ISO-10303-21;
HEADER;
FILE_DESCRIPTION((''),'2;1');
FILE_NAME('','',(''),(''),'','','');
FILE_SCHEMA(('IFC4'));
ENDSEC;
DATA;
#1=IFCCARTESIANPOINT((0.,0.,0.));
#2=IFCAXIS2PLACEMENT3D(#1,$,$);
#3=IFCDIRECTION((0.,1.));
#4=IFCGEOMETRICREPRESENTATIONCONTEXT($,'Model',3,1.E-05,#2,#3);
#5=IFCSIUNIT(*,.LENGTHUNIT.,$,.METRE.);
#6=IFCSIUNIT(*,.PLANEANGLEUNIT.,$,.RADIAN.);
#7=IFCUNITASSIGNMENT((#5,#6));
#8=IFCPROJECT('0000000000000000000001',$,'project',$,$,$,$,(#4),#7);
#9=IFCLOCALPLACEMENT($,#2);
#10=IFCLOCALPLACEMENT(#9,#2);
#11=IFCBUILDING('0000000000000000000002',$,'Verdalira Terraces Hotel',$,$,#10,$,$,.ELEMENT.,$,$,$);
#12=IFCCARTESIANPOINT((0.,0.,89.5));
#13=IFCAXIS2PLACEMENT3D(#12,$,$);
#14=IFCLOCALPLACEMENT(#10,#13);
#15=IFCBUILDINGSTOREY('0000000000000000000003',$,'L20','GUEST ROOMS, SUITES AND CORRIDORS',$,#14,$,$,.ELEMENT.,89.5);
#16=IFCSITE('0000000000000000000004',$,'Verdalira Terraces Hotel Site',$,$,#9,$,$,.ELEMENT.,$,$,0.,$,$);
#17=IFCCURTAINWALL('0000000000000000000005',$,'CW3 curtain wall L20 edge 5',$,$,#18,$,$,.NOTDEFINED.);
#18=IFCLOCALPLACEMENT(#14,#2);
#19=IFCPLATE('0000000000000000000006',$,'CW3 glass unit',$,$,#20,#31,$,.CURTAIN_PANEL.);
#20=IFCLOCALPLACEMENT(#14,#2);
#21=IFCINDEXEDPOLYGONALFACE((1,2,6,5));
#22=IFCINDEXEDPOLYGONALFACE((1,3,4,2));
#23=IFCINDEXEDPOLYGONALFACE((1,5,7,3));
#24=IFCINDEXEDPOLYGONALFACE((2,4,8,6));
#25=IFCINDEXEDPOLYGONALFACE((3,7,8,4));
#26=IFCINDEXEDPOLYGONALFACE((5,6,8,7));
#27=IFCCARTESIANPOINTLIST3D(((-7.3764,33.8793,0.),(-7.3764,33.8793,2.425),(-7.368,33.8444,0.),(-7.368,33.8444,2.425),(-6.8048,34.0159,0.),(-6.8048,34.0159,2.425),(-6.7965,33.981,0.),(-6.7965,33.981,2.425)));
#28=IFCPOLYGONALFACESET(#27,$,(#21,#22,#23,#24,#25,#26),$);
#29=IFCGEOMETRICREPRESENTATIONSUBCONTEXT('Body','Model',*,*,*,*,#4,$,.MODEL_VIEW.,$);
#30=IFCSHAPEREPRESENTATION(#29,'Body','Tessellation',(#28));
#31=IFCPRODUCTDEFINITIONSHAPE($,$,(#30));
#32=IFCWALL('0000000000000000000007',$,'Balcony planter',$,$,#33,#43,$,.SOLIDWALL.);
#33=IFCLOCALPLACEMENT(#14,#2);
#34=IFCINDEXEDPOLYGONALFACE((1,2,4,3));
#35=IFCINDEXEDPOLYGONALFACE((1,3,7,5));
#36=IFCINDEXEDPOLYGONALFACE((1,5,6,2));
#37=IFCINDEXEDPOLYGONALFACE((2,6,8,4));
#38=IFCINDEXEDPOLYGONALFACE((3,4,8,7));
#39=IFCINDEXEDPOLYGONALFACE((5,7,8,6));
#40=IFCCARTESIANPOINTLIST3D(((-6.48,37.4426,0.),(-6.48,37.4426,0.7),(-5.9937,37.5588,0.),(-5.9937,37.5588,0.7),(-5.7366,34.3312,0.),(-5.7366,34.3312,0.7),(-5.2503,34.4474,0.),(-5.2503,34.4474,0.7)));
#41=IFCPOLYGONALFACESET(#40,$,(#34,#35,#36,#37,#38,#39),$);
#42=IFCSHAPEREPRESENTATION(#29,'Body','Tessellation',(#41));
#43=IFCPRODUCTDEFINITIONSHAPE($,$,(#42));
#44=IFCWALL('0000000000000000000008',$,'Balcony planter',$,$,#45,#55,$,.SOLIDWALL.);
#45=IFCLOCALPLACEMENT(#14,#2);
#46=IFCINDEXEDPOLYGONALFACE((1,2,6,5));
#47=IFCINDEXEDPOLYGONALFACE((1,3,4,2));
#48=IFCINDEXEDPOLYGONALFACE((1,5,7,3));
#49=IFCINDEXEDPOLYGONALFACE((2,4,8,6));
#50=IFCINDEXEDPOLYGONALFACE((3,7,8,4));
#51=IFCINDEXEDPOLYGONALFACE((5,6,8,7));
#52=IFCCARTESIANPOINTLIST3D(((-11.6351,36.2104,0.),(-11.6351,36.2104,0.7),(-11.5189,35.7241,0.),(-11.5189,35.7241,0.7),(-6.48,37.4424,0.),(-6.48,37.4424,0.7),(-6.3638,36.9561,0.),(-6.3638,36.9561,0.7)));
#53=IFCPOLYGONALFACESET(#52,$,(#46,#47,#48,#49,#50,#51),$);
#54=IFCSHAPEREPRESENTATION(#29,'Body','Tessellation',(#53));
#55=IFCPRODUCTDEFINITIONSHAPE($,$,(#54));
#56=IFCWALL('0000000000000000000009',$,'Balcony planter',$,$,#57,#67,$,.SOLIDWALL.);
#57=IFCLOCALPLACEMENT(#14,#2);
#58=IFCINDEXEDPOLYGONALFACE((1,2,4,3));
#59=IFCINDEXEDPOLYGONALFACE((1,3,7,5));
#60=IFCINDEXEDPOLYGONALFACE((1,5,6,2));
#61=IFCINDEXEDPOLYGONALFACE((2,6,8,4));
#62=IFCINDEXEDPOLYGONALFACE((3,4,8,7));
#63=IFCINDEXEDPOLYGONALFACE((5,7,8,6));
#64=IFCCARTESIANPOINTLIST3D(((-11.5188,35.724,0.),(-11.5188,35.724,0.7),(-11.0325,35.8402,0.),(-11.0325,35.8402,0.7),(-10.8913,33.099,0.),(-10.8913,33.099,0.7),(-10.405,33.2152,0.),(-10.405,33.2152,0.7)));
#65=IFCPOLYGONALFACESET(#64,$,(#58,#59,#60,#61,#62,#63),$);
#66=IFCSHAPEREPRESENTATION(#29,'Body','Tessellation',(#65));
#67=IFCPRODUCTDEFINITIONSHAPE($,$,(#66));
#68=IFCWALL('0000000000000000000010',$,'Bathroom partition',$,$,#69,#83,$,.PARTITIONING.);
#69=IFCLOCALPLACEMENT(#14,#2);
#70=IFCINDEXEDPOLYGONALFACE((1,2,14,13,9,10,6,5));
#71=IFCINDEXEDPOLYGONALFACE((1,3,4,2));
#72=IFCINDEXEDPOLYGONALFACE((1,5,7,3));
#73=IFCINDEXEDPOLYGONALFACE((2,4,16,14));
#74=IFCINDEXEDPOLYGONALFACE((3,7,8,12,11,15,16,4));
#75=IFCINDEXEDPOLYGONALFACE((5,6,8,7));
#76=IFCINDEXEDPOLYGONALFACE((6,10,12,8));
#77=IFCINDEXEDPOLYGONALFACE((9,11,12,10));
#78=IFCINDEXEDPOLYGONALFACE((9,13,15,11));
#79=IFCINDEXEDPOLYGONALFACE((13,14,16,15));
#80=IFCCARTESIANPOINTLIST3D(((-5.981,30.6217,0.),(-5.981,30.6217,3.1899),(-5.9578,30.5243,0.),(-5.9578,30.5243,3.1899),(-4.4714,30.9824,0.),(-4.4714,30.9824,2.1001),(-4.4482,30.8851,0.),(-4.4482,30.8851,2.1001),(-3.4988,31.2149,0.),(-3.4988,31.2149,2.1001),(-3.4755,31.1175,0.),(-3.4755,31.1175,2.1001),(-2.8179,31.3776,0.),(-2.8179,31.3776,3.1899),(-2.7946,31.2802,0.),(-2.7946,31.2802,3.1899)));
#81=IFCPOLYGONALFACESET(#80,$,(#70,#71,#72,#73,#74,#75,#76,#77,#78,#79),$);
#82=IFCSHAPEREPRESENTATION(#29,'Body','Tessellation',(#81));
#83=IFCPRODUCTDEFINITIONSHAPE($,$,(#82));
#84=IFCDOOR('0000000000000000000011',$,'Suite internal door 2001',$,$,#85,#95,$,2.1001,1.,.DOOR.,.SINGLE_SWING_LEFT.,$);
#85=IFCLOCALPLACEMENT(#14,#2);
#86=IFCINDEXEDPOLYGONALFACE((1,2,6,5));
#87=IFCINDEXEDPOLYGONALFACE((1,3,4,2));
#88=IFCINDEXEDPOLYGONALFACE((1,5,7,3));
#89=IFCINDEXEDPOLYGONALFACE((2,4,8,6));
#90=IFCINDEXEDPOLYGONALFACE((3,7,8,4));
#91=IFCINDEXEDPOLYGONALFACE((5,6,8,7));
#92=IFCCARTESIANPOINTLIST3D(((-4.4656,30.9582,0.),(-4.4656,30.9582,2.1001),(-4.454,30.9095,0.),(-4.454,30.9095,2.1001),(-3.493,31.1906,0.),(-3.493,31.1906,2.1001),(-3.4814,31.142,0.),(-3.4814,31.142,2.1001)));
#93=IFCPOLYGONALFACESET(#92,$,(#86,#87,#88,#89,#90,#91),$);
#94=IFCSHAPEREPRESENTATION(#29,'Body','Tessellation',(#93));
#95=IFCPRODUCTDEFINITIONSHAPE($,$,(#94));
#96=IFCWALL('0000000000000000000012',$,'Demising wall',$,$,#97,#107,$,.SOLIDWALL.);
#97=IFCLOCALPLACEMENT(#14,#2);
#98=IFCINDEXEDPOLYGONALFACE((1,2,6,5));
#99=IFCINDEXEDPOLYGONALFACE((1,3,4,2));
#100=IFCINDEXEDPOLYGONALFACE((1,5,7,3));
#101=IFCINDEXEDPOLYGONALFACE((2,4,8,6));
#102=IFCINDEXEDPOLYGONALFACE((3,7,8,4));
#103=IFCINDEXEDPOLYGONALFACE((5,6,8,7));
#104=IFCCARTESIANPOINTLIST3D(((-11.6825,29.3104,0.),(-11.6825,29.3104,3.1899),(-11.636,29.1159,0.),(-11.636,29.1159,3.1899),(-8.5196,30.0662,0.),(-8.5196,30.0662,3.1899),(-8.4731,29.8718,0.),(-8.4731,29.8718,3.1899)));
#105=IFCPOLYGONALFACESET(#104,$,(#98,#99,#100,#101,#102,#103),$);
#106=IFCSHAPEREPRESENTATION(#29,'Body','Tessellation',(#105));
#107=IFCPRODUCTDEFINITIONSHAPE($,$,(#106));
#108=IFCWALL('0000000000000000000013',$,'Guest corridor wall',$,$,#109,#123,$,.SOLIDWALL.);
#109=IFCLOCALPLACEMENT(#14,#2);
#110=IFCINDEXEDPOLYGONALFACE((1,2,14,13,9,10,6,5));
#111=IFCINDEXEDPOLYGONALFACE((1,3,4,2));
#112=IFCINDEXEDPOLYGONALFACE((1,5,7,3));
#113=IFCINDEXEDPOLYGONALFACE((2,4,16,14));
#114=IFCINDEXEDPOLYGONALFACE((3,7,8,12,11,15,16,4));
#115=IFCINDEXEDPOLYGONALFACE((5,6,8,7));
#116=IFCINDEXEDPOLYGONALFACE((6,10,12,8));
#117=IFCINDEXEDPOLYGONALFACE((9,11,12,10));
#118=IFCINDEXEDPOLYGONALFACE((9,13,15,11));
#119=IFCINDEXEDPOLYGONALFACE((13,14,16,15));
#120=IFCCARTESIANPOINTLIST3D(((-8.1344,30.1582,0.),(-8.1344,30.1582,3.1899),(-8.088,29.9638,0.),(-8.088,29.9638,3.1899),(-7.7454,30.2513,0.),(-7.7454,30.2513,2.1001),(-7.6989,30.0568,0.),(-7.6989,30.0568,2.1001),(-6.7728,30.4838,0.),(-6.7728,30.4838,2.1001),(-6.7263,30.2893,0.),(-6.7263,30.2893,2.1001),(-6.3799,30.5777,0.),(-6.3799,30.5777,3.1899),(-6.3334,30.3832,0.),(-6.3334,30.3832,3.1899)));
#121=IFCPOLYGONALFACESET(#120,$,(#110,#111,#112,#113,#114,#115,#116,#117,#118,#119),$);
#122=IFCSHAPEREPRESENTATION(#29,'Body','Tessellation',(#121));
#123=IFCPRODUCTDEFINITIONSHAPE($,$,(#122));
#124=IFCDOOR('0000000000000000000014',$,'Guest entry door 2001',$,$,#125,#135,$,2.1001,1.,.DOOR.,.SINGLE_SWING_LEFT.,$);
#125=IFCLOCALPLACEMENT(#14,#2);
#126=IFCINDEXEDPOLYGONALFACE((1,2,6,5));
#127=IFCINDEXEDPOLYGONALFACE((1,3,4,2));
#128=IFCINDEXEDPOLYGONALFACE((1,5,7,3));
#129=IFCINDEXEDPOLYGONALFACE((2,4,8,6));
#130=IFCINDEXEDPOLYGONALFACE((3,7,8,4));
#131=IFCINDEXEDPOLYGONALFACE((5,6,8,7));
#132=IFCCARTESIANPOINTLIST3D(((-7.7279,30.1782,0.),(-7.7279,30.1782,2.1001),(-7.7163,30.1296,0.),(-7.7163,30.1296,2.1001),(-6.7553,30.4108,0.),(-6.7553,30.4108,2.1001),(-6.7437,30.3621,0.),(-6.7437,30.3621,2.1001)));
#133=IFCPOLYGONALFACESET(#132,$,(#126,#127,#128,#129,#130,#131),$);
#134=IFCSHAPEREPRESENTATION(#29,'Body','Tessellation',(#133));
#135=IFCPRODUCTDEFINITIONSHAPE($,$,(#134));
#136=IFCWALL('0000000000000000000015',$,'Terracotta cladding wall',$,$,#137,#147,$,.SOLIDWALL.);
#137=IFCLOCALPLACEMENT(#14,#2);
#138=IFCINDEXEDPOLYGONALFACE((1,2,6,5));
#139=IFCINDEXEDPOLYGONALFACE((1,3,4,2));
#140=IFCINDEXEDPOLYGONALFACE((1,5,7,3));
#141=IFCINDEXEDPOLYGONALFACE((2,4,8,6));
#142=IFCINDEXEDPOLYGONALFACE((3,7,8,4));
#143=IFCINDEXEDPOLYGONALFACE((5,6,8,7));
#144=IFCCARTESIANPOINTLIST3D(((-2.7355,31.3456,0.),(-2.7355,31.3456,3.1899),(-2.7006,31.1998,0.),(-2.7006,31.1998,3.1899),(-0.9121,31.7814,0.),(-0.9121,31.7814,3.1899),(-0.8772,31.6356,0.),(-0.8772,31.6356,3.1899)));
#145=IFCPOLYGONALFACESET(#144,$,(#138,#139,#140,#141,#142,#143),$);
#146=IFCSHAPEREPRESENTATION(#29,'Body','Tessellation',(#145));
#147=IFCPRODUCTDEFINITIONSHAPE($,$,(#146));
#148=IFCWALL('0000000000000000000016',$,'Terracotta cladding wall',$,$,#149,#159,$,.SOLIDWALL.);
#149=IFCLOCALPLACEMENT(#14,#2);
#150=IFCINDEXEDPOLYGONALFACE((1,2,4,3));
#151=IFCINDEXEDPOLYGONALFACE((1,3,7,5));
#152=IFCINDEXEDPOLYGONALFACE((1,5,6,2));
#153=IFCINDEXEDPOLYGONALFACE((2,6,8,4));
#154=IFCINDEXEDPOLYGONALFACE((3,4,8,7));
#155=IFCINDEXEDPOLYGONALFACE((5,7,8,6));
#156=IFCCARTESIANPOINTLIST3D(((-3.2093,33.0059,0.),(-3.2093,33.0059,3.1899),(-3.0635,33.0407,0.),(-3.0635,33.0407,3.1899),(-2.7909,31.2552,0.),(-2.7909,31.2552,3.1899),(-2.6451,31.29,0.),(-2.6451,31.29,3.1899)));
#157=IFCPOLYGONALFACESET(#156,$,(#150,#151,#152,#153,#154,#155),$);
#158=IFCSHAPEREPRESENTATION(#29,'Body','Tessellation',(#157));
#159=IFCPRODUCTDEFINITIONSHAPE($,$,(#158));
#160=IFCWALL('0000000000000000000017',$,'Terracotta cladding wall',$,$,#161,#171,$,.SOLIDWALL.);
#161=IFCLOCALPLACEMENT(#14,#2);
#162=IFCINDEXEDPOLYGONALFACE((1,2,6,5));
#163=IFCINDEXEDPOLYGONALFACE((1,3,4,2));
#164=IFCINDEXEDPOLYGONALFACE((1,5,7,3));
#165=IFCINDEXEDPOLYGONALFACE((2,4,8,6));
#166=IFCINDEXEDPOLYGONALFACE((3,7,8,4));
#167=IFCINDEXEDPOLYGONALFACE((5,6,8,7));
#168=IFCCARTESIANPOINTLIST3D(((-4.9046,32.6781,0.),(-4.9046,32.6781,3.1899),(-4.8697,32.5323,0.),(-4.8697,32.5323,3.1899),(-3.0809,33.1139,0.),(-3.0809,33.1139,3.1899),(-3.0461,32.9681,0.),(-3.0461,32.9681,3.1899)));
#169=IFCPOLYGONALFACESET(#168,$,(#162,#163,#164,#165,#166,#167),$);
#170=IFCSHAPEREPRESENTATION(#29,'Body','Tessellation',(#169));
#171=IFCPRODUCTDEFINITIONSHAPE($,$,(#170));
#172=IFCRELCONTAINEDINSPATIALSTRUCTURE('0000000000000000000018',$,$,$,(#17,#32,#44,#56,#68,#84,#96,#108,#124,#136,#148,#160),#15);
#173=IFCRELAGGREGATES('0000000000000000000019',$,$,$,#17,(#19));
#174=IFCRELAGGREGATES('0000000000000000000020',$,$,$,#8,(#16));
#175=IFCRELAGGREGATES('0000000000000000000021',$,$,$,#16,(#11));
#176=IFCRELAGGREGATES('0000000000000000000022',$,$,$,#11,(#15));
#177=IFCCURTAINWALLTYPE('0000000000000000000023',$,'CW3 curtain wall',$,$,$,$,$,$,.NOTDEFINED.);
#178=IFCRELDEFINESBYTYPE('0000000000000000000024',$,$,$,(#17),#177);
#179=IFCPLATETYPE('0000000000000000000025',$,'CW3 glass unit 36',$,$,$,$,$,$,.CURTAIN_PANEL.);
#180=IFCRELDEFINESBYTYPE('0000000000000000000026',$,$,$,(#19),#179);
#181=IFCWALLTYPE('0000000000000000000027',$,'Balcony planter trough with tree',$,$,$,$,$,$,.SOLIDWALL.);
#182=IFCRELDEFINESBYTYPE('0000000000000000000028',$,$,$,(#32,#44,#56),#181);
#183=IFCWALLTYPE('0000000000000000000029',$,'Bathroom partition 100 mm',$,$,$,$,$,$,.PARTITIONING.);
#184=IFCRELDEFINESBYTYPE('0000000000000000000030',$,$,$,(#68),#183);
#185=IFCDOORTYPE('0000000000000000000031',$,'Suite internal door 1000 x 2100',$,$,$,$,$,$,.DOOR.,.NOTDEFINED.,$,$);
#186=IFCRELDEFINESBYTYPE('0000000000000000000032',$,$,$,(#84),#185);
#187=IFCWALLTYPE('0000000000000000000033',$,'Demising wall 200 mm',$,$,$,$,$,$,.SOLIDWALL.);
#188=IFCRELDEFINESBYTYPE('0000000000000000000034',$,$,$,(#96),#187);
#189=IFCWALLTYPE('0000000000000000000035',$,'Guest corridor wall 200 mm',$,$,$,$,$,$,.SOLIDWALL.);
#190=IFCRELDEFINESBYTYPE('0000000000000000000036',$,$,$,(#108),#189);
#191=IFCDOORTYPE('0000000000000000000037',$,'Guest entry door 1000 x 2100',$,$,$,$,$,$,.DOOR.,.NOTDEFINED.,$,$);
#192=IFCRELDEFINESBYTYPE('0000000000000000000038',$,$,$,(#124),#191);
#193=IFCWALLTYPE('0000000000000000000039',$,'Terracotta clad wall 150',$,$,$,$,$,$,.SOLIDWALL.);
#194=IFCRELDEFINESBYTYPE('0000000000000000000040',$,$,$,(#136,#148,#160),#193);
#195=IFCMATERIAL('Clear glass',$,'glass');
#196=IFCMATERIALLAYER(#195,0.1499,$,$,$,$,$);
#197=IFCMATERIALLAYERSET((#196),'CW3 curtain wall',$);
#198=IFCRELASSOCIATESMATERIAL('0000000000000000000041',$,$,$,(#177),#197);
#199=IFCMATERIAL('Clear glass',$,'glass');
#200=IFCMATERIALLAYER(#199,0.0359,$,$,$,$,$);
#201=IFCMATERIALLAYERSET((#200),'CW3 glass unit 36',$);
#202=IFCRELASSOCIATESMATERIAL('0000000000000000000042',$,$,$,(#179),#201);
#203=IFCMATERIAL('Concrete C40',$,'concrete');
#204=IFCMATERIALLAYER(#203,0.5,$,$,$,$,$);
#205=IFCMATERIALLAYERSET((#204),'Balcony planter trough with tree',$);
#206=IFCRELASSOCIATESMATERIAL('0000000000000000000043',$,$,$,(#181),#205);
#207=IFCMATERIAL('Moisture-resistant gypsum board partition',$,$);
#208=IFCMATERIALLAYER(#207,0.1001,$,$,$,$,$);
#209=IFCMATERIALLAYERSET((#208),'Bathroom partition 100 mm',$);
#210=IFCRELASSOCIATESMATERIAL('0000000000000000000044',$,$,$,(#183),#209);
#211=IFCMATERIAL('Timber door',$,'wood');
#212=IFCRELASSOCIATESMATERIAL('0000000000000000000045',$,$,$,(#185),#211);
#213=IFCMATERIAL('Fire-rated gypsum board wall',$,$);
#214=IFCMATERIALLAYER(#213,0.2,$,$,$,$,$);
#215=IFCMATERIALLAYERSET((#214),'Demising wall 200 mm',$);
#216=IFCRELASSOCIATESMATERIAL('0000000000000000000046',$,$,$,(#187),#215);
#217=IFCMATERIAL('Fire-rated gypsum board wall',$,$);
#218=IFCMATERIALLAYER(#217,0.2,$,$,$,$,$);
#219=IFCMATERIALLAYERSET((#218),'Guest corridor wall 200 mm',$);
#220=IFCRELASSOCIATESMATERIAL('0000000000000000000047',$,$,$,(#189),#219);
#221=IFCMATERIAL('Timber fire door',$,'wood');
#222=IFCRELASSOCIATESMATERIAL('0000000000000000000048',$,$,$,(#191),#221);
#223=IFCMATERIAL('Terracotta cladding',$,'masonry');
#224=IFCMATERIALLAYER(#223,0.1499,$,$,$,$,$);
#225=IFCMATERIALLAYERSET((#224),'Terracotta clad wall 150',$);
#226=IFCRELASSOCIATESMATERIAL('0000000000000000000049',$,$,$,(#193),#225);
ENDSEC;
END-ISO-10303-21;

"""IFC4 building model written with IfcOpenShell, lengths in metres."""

from ifc_helpers import new_model, si_unit, direction, frame, frame_2d, origin, origin_2d, place, context, subcontext, project, spatial, rectangle, extrude, material, layer, layer_set, type_object, element, fill, aggregate, save


model = new_model("IFC4")

# Units and contexts
model_context = context("Model", 3, precision=1e-05, world=origin(), true_north=direction((0.0, 1.0)))
body_context = subcontext(model_context, "Body", "Model", "MODEL_VIEW")
ifc_project = project(units=[si_unit("LENGTHUNIT", "METRE"), si_unit("PLANEANGLEUNIT", "RADIAN")], contexts=[model_context])

# Site, building, storey
site_placement = place(None, origin())
site = spatial("IfcSite", under=ifc_project, at=site_placement, Name="Verdalira Terraces Hotel Site", CompositionType="ELEMENT", RefElevation=0.0)
building_placement = place(site_placement, origin())
building = spatial("IfcBuilding", under=site, at=building_placement, Name="Verdalira Terraces Hotel", CompositionType="ELEMENT")
storey_placement = place(building_placement, frame((0.0, 0.0, 89.5)))
storey = spatial("IfcBuildingStorey", under=building, at=storey_placement, Name="L20", Description="GUEST ROOMS, SUITES AND CORRIDORS", CompositionType="ELEMENT", Elevation=89.5)

# Curtain wall
ifc_material_1 = material(Name="Clear glass", Category="glass")
ifc_layer_1 = layer(ifc_material_1, 0.1499)
ifc_layer_set_1 = layer_set([ifc_layer_1], Name="CW3 curtain wall")
curtain_wall_type_1 = type_object("IfcCurtainWallType", Name="CW3 curtain wall", PredefinedType="NOTDEFINED", material=ifc_layer_set_1)
curtain_wall_1_placement = place(storey_placement, origin())
curtain_wall_1 = element("IfcCurtainWall", 1, at=curtain_wall_1_placement, inside=storey, type_object=curtain_wall_type_1, Name="CW3 curtain wall L20 edge 5", PredefinedType="NOTDEFINED")

# Plate
ifc_material_2 = material(Name="Clear glass", Category="glass")
ifc_layer_2 = layer(ifc_material_2, 0.0359)
ifc_layer_set_2 = layer_set([ifc_layer_2], Name="CW3 glass unit 36")
plate_type = type_object("IfcPlateType", Name="CW3 glass unit 36", PredefinedType="CURTAIN_PANEL", material=ifc_layer_set_2)
plate_placement = place(storey_placement, frame((-7.0864, 33.9302, 0.0), z_axis=(0.0, 0.0, 1.0), x_axis=(-0.972614, -0.232427, 0.0)))
plate = element("IfcPlate", 2, at=plate_placement, type_object=plate_type, Name="CW3 glass unit", PredefinedType="CURTAIN_PANEL", context=body_context, shape_type="SweptSolid", body=[
    extrude(rectangle(XDim=0.5876, YDim=0.0359, at=origin_2d()), origin(), (0.0, 0.0, 1.0), 2.425),
])
aggregate(curtain_wall_1, [plate])

# Walls
ifc_material_3 = material(Name="Concrete C40", Category="concrete")
ifc_layer_3 = layer(ifc_material_3, 0.5)
ifc_layer_set_3 = layer_set([ifc_layer_3], Name="Balcony planter trough with tree")
wall_type_1 = type_object("IfcWallType", Name="Balcony planter trough with tree", PredefinedType="SOLIDWALL", material=ifc_layer_set_3)
wall_1_placement = place(storey_placement, frame((-5.4934, 34.3892, 0.0), z_axis=(0.0, 0.0, 1.0), x_axis=(-0.232394, 0.972622, 0.0)))
element("IfcWall", 3, at=wall_1_placement, inside=storey, type_object=wall_type_1, Name="Balcony planter", PredefinedType="SOLIDWALL", context=body_context, shape_type="SweptSolid", body=[
    extrude(rectangle(XDim=3.199, YDim=0.5, at=frame_2d((1.5996, 0.0))), origin(), (0.0, 0.0, 1.0), 0.7),
])
wall_2_placement = place(storey_placement, frame((-6.4219, 37.1992, 0.0), z_axis=(0.0, 0.0, 1.0), x_axis=(-0.972613, -0.232432, 0.0)))
element("IfcWall", 4, at=wall_2_placement, inside=storey, type_object=wall_type_1, Name="Balcony planter", PredefinedType="SOLIDWALL", context=body_context, shape_type="SweptSolid", body=[
    extrude(rectangle(XDim=5.3003, YDim=0.5, at=frame_2d((2.6501, 0.0))), origin(), (0.0, 0.0, 1.0), 0.7),
])
wall_3_placement = place(storey_placement, frame((-11.2756, 35.7822, 0.0), z_axis=(0.0, 0.0, 1.0), x_axis=(0.232476, -0.972602, 0.0)))
element("IfcWall", 5, at=wall_3_placement, inside=storey, type_object=wall_type_1, Name="Balcony planter", PredefinedType="SOLIDWALL", context=body_context, shape_type="SweptSolid", body=[
    extrude(rectangle(XDim=2.699, YDim=0.5, at=frame_2d((1.3496, 0.0))), origin(), (0.0, 0.0, 1.0), 0.7),
])

# Wall, opening, door
ifc_material_4 = material(Name="Moisture-resistant gypsum board partition")
ifc_layer_4 = layer(ifc_material_4, 0.1001)
ifc_layer_set_4 = layer_set([ifc_layer_4], Name="Bathroom partition 100 mm")
wall_type_2 = type_object("IfcWallType", Name="Bathroom partition 100 mm", PredefinedType="PARTITIONING", material=ifc_layer_set_4)
wall_4_placement = place(storey_placement, frame((-2.8064, 31.3289, 0.0), z_axis=(0.0, 0.0, 1.0), x_axis=(-0.972616, -0.232419, 0.0)))
wall_4 = element("IfcWall", 6, at=wall_4_placement, inside=storey, type_object=wall_type_2, Name="Bathroom partition", PredefinedType="PARTITIONING", context=body_context, shape_type="SweptSolid", body=[
    extrude(rectangle(XDim=3.2522, YDim=0.1001, at=frame_2d((1.626, 0.0))), origin(), (0.0, 0.0, 1.0), 3.1899),
])
opening_1_placement = place(wall_4_placement, frame((0.7, 0.0, 0.0)))
opening_1 = element("IfcOpeningElement", 7, at=opening_1_placement, cuts=wall_4, PredefinedType="OPENING", context=body_context, shape_type="SweptSolid", body=[
    extrude(rectangle(XDim=1.0, YDim=2.1001, at=frame_2d((0.5, 1.05))), frame((0.0, 0.0601, 0.0), z_axis=(0.0, -1.0, 0.0), x_axis=(1.0, 0.0, 0.0)), (0.0, 0.0, 1.0), 0.1201),
])
ifc_material_5 = material(Name="Timber door", Category="wood")
door_type_1 = type_object("IfcDoorType", Name="Suite internal door 1000 x 2100", OperationType="NOTDEFINED", PredefinedType="DOOR", material=ifc_material_5)
door_1_placement = place(opening_1_placement, origin())
door_1 = element("IfcDoor", 8, at=door_1_placement, inside=storey, type_object=door_type_1, Name="Suite internal door 2001", OperationType="SINGLE_SWING_LEFT", OverallHeight=2.1001, OverallWidth=1.0, PredefinedType="DOOR", context=body_context, shape_type="SweptSolid", body=[
    extrude(rectangle(XDim=1.0, YDim=2.1001, at=frame_2d((0.5, 1.05))), frame((0.0, 0.0249, 0.0), z_axis=(0.0, -1.0, 0.0), x_axis=(1.0, 0.0, 0.0)), (0.0, 0.0, 1.0), 0.05),
])
fill(opening_1, door_1)

# Wall
ifc_material_6 = material(Name="Fire-rated gypsum board wall")
ifc_layer_5 = layer(ifc_material_6, 0.2)
ifc_layer_set_5 = layer_set([ifc_layer_5], Name="Demising wall 200 mm")
wall_type_3 = type_object("IfcWallType", Name="Demising wall 200 mm", PredefinedType="SOLIDWALL", material=ifc_layer_set_5)
wall_5_placement = place(storey_placement, frame((-8.4963, 29.969, 0.0), z_axis=(0.0, 0.0, 1.0), x_axis=(-0.972612, -0.232436, 0.0)))
element("IfcWall", 9, at=wall_5_placement, inside=storey, type_object=wall_type_3, Name="Demising wall", PredefinedType="SOLIDWALL", context=body_context, shape_type="SweptSolid", body=[
    extrude(rectangle(XDim=3.252, YDim=0.2, at=frame_2d((1.626, 0.0))), origin(), (0.0, 0.0, 1.0), 3.1899),
])

# Wall, opening, door
ifc_material_7 = material(Name="Fire-rated gypsum board wall")
ifc_layer_6 = layer(ifc_material_7, 0.2)
ifc_layer_set_6 = layer_set([ifc_layer_6], Name="Guest corridor wall 200 mm")
wall_type_4 = type_object("IfcWallType", Name="Guest corridor wall 200 mm", PredefinedType="SOLIDWALL", material=ifc_layer_set_6)
wall_6_placement = place(storey_placement, frame((-8.1111, 30.061, 0.0), z_axis=(0.0, 0.0, 1.0), x_axis=(0.972591, 0.232523, 0.0)))
wall_6 = element("IfcWall", 10, at=wall_6_placement, inside=storey, type_object=wall_type_4, Name="Guest corridor wall", PredefinedType="SOLIDWALL", context=body_context, shape_type="SweptSolid", body=[
    extrude(rectangle(XDim=1.804, YDim=0.2, at=frame_2d((0.9019, 0.0))), origin(), (0.0, 0.0, 1.0), 3.1899),
])
opening_2_placement = place(wall_6_placement, frame((0.3999, 0.0, 0.0)))
opening_2 = element("IfcOpeningElement", 11, at=opening_2_placement, cuts=wall_6, PredefinedType="OPENING", context=body_context, shape_type="SweptSolid", body=[
    extrude(rectangle(XDim=1.0, YDim=2.1001, at=frame_2d((0.5, 1.05))), frame((0.0, 0.1099, 0.0), z_axis=(0.0, -1.0, 0.0), x_axis=(1.0, 0.0, 0.0)), (0.0, 0.0, 1.0), 0.22),
])
ifc_material_8 = material(Name="Timber fire door", Category="wood")
door_type_2 = type_object("IfcDoorType", Name="Guest entry door 1000 x 2100", OperationType="NOTDEFINED", PredefinedType="DOOR", material=ifc_material_8)
door_2_placement = place(opening_2_placement, origin())
door_2 = element("IfcDoor", 12, at=door_2_placement, inside=storey, type_object=door_type_2, Name="Guest entry door 2001", OperationType="SINGLE_SWING_LEFT", OverallHeight=2.1001, OverallWidth=1.0, PredefinedType="DOOR", context=body_context, shape_type="SweptSolid", body=[
    extrude(rectangle(XDim=1.0, YDim=2.1001, at=frame_2d((0.5, 1.05))), frame((0.0, 0.0249, 0.0), z_axis=(0.0, -1.0, 0.0), x_axis=(1.0, 0.0, 0.0)), (0.0, 0.0, 1.0), 0.05),
])
fill(opening_2, door_2)

# Walls
ifc_material_9 = material(Name="Terracotta cladding", Category="masonry")
ifc_layer_7 = layer(ifc_material_9, 0.1499)
ifc_layer_set_7 = layer_set([ifc_layer_7], Name="Terracotta clad wall 150")
wall_type_5 = type_object("IfcWallType", Name="Terracotta clad wall 150", PredefinedType="SOLIDWALL", material=ifc_layer_set_7)
wall_7_placement = place(storey_placement, frame((-0.8945, 31.7085, 0.0), z_axis=(0.0, 0.0, 1.0), x_axis=(-0.97261, -0.232442, 0.0)))
element("IfcWall", 13, at=wall_7_placement, inside=storey, type_object=wall_type_5, Name="Terracotta cladding wall", PredefinedType="SOLIDWALL", context=body_context, shape_type="SweptSolid", body=[
    extrude(rectangle(XDim=1.8748, YDim=0.1499, at=frame_2d((0.9375, 0.0))), origin(), (0.0, 0.0, 1.0), 3.1899),
])
wall_8_placement = place(storey_placement, frame((-2.718, 31.2727, 0.0), z_axis=(0.0, 0.0, 1.0), x_axis=(-0.23247, 0.972604, 0.0)))
element("IfcWall", 14, at=wall_8_placement, inside=storey, type_object=wall_type_5, Name="Terracotta cladding wall", PredefinedType="SOLIDWALL", context=body_context, shape_type="SweptSolid", body=[
    extrude(rectangle(XDim=1.8, YDim=0.1499, at=frame_2d((0.8999, 0.0))), origin(), (0.0, 0.0, 1.0), 3.1899),
])
wall_9_placement = place(storey_placement, frame((-3.0635, 33.041, 0.0), z_axis=(0.0, 0.0, 1.0), x_axis=(-0.972617, -0.232413, 0.0)))
element("IfcWall", 15, at=wall_9_placement, inside=storey, type_object=wall_type_5, Name="Terracotta cladding wall", PredefinedType="SOLIDWALL", context=body_context, shape_type="SweptSolid", body=[
    extrude(rectangle(XDim=1.875, YDim=0.1499, at=frame_2d((0.9375, 0.0))), origin(), (0.0, 0.0, 1.0), 3.1899),
])

save(model, "model.ifc")
